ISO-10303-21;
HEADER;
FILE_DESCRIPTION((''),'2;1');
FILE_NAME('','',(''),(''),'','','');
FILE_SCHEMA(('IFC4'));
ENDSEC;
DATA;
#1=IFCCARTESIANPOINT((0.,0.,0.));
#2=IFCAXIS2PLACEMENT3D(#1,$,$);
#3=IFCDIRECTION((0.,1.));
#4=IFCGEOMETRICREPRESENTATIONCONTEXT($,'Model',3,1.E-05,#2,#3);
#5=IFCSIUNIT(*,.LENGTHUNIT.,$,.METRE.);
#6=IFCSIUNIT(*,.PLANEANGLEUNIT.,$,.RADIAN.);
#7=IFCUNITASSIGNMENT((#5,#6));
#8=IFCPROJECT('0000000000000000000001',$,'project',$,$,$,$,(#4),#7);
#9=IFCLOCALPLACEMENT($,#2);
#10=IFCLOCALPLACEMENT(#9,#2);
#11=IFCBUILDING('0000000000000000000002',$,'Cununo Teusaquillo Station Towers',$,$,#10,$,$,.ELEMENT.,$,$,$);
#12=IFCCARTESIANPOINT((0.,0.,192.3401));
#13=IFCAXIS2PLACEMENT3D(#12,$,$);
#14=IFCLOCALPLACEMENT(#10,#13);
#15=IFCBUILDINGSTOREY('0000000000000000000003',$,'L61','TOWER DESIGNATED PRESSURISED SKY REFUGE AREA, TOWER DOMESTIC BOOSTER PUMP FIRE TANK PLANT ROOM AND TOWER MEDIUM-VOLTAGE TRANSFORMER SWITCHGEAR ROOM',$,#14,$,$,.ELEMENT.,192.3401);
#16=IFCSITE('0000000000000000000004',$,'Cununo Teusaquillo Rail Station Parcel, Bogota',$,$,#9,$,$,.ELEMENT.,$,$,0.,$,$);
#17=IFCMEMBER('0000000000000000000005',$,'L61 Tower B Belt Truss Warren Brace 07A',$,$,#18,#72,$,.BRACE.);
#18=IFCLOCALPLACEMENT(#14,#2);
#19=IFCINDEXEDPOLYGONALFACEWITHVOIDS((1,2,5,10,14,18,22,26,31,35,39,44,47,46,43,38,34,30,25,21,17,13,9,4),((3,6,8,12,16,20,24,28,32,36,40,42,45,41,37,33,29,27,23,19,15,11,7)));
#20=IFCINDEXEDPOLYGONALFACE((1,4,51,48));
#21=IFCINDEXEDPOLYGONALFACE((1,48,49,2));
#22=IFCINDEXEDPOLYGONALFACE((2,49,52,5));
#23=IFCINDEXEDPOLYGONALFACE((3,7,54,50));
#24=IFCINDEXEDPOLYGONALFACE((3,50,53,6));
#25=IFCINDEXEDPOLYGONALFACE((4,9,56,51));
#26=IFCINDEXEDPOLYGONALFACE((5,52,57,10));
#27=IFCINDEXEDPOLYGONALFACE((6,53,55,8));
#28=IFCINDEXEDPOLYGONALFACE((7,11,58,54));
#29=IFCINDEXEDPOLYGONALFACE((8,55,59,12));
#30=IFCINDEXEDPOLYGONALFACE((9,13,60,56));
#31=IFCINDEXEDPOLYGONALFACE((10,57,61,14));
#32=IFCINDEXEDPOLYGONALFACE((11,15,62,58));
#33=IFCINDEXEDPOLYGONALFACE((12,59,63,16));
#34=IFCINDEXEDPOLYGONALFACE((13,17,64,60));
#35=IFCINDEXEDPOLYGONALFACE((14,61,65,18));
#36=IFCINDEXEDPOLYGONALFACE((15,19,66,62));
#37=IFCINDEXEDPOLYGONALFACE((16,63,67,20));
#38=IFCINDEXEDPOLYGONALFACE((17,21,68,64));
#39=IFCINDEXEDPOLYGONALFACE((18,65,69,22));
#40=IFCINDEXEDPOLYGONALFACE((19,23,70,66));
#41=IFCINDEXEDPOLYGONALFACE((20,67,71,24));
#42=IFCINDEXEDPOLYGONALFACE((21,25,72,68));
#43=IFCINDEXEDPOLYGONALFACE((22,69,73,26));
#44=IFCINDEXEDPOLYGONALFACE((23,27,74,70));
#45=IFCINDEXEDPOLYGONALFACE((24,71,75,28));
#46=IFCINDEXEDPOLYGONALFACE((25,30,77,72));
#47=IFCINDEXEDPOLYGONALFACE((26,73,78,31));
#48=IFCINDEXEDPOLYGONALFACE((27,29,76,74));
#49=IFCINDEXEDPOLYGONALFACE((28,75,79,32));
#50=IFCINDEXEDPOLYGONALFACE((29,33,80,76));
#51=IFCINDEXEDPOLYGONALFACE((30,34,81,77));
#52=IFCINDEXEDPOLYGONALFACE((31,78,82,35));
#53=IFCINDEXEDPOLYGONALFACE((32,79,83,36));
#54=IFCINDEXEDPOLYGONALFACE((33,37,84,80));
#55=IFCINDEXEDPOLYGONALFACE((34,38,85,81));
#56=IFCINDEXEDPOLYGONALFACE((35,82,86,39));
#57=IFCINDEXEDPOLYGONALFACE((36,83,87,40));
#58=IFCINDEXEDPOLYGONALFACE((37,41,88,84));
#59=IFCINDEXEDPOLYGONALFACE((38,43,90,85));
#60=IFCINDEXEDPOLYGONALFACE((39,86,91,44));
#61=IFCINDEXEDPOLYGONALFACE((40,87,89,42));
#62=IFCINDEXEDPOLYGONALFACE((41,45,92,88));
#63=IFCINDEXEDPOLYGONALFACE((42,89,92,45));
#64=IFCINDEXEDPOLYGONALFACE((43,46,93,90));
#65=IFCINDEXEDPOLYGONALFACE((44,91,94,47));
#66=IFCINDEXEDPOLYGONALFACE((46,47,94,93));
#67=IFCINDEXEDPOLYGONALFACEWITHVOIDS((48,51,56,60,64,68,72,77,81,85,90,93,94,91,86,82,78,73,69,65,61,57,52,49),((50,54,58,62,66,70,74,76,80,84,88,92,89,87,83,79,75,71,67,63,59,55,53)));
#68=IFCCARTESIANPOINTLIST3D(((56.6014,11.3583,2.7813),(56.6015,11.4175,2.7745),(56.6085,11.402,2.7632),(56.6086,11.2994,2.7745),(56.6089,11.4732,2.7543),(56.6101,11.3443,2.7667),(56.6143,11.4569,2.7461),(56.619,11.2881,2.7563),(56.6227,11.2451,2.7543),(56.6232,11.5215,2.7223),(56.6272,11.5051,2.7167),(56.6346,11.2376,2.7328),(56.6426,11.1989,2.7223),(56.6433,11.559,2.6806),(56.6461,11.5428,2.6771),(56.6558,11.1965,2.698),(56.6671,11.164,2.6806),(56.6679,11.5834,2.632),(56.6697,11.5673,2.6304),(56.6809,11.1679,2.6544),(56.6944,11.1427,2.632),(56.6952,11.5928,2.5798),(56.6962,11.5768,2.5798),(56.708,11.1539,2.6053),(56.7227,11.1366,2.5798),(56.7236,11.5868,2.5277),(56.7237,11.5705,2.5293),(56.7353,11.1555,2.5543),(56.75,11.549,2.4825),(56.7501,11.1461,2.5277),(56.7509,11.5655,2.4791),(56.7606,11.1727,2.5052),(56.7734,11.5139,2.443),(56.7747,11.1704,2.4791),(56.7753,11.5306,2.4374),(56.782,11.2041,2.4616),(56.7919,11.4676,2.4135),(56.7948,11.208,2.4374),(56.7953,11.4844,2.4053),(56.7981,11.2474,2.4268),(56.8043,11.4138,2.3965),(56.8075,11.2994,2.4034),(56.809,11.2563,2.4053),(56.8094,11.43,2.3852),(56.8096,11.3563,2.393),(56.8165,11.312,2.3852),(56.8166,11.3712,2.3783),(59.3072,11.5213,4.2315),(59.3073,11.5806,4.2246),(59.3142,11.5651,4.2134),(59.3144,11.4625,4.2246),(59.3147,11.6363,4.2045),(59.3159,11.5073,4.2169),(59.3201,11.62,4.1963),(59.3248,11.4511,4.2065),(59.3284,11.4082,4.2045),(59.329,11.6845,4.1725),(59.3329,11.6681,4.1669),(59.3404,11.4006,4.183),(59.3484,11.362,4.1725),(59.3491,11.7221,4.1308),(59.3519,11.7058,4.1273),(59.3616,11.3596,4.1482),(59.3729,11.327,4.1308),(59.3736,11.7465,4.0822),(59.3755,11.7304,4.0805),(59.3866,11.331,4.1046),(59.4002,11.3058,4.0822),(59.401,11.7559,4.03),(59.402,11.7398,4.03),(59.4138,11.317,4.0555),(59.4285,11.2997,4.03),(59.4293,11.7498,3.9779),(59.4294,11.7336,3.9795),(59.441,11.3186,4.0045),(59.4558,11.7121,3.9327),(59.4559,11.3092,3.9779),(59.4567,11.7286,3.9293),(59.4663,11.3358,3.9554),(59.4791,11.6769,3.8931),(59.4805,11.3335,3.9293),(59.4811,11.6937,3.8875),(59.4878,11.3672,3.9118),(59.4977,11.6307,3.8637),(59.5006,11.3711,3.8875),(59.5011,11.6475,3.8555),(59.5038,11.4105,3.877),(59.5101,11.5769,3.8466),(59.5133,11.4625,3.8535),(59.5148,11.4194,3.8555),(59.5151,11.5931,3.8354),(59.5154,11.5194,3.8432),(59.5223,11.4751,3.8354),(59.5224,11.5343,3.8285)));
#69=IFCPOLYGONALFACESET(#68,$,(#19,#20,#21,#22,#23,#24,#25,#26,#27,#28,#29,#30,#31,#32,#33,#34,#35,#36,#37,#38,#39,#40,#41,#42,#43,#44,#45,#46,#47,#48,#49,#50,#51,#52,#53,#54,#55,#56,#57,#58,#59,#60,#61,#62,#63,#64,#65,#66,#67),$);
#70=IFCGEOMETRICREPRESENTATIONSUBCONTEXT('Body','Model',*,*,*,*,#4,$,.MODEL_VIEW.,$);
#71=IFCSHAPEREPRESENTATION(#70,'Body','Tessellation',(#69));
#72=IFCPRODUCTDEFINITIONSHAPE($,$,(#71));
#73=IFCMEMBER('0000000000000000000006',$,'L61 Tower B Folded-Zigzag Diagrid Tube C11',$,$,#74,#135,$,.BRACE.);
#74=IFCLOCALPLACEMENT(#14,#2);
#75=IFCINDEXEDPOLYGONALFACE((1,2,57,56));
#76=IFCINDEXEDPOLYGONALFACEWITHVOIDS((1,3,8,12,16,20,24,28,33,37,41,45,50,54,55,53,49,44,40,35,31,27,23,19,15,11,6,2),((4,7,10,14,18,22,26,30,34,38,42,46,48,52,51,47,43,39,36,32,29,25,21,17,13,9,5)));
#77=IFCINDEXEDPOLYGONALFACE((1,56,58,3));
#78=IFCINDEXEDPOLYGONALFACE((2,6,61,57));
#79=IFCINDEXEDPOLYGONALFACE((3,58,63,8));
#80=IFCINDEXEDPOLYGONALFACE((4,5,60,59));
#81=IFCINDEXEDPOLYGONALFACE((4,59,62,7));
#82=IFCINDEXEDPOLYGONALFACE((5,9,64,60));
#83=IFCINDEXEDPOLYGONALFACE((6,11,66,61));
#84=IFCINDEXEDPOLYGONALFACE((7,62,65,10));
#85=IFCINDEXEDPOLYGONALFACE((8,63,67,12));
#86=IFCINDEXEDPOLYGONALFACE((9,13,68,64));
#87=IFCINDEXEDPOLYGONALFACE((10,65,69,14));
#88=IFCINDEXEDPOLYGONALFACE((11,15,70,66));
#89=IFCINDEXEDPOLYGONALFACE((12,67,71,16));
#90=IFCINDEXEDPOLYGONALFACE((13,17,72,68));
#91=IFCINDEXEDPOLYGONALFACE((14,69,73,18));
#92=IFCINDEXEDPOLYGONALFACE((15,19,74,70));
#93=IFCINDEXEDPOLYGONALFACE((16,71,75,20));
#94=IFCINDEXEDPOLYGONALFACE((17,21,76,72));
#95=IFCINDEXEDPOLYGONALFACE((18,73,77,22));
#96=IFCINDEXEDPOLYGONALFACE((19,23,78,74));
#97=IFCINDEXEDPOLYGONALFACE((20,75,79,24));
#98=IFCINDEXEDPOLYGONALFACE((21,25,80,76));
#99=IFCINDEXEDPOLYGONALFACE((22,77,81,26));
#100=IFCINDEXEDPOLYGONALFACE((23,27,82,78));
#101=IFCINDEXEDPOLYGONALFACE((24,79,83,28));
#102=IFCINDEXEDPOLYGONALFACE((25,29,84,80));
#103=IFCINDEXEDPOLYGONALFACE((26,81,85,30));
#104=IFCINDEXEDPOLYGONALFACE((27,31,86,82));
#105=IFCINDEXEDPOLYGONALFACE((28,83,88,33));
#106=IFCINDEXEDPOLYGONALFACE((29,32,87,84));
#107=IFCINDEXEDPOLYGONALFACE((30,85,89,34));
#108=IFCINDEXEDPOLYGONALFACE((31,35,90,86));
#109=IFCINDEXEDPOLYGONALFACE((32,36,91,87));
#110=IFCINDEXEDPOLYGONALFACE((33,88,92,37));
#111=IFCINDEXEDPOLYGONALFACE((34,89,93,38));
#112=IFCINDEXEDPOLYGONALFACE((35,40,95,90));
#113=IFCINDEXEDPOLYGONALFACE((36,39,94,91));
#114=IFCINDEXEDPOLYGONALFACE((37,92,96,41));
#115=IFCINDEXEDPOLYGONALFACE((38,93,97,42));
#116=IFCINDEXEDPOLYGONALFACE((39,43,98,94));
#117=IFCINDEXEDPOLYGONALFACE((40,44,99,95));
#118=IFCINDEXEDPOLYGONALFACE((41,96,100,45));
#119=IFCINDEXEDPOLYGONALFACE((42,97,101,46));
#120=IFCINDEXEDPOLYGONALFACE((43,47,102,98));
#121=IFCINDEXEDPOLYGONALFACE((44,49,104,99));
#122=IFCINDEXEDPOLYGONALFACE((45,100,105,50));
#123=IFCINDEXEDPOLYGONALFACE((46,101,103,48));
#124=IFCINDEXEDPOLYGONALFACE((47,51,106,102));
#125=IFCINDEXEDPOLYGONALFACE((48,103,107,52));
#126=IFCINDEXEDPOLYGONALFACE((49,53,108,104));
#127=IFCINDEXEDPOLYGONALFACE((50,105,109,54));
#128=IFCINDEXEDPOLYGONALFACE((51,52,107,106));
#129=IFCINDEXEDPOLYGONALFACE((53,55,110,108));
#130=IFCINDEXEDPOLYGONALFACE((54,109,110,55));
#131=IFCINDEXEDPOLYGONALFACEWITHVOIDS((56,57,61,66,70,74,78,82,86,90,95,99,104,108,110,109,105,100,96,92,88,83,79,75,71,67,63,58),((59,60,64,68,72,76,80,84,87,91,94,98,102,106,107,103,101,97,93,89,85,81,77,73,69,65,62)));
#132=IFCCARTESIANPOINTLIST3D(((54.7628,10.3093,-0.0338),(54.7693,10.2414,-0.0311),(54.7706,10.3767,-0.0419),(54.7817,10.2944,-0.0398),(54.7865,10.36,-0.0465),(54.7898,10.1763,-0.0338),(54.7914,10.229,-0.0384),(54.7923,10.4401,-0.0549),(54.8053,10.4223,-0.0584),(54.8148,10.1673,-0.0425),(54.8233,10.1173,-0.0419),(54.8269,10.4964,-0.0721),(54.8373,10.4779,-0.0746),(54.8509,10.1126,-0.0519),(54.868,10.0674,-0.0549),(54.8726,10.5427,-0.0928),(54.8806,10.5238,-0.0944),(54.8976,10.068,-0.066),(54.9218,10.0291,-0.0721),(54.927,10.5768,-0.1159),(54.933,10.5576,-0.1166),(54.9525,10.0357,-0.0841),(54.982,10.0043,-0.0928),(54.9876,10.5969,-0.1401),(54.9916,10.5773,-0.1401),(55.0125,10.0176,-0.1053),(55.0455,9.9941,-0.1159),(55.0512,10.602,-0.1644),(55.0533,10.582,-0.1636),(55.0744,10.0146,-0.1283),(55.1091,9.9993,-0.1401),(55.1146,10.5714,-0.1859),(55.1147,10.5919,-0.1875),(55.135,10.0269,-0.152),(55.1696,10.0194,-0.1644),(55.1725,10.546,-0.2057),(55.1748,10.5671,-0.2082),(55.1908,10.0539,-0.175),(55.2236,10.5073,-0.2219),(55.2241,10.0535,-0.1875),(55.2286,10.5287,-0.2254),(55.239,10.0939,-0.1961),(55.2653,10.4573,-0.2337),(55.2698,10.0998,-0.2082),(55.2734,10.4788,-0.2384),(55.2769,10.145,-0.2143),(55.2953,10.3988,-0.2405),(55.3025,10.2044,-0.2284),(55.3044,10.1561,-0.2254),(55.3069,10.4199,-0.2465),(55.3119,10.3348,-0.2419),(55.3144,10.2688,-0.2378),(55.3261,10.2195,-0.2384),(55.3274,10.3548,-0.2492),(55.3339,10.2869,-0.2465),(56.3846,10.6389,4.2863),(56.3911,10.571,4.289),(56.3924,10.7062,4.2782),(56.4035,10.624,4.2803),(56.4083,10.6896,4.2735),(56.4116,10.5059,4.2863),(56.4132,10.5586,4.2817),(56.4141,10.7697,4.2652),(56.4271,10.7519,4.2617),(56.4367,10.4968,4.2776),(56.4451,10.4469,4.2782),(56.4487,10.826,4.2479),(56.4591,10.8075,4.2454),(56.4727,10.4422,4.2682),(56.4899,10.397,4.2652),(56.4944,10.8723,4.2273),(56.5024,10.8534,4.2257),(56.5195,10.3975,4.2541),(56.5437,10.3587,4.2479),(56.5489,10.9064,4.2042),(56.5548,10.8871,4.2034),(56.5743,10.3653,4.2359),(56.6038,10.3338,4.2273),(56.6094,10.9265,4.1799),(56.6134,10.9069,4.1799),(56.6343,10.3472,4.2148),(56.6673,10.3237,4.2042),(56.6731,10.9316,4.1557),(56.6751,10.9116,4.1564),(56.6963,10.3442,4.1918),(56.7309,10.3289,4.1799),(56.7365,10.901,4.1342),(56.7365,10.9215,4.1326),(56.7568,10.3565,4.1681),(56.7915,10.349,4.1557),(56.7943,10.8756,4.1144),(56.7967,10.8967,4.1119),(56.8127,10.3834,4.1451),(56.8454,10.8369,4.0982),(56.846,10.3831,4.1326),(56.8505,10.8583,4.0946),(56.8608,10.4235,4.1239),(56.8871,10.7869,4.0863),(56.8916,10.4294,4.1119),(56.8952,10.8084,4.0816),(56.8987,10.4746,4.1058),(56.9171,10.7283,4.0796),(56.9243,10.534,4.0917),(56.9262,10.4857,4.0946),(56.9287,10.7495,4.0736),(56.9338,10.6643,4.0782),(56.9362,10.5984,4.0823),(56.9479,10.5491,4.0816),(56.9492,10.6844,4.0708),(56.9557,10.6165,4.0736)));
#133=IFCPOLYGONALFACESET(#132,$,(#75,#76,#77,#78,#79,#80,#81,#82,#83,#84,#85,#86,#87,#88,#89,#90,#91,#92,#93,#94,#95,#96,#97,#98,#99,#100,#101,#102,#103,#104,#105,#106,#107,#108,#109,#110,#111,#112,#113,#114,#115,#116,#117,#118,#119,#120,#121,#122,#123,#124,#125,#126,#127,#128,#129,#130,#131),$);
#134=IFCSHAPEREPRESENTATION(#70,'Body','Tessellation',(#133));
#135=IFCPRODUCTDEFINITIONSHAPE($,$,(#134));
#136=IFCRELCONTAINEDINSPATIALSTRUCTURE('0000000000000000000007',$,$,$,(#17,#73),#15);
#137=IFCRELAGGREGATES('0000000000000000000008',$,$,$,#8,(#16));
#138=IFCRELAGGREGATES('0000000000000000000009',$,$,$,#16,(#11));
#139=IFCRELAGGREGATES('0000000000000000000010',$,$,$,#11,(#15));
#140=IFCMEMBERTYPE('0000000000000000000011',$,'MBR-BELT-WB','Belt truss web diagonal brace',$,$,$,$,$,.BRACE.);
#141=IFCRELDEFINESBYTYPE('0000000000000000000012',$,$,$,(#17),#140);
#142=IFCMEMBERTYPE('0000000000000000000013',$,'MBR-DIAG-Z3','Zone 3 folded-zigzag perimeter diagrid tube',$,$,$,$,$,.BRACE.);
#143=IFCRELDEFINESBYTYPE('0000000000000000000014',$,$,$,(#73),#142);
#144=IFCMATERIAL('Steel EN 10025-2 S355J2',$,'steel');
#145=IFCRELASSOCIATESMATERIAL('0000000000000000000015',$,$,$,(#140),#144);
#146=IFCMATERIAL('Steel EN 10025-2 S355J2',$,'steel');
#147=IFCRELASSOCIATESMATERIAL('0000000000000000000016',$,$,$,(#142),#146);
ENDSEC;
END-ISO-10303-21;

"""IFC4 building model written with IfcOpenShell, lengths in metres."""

from ifc_helpers import new_model, si_unit, direction, frame, origin, origin_2d, place, context, subcontext, project, spatial, hollow_circle, extrude, material, material_profile, profile_set, type_object, element, save


model = new_model("IFC4")

# Units and contexts
model_context = context("Model", 3, precision=1e-05, world=origin(), true_north=direction((0.0, 1.0)))
body_context = subcontext(model_context, "Body", "Model", "MODEL_VIEW")
ifc_project = project(units=[si_unit("LENGTHUNIT", "METRE"), si_unit("PLANEANGLEUNIT", "RADIAN")], contexts=[model_context])

# Site, building, storey
site_placement = place(None, origin())
site = spatial("IfcSite", under=ifc_project, at=site_placement, Name="Cununo Teusaquillo Rail Station Parcel, Bogota", CompositionType="ELEMENT", RefElevation=0.0)
building_placement = place(site_placement, origin())
building = spatial("IfcBuilding", under=site, at=building_placement, Name="Cununo Teusaquillo Station Towers", CompositionType="ELEMENT")
storey_placement = place(building_placement, frame((0.0, 0.0, 192.3401)))
storey = spatial("IfcBuildingStorey", under=building, at=storey_placement, Name="L61", Description="TOWER DESIGNATED PRESSURISED SKY REFUGE AREA, TOWER DOMESTIC BOOSTER PUMP FIRE TANK PLANT ROOM AND TOWER MEDIUM-VOLTAGE TRANSFORMER SWITCHGEAR ROOM", CompositionType="ELEMENT", Elevation=192.3401)

# Members
ifc_material_1 = material(Name="Steel EN 10025-2 S355J2", Category="steel")
ifc_material_profile_1 = material_profile(ifc_material_1, hollow_circle(Radius=0.2285, WallThickness=0.0161, at=origin_2d()), Name="CHS 457x16")
ifc_profile_set_1 = profile_set([ifc_material_profile_1], Name="Steel EN 10025-2 S355J2")
member_type_1 = type_object("IfcMemberType", Name="MBR-BELT-WB", Description="Belt truss web diagonal brace", PredefinedType="BRACE", material=ifc_profile_set_1)
member_1_placement = place(storey_placement, frame((56.709, 11.3647, 2.5798), z_axis=(0.88015, 0.053049, 0.471722), x_axis=(-0.060163, 0.998189, 0.0)))
element("IfcMember", 1, at=member_1_placement, inside=storey, type_object=member_type_1, Name="L61 Tower B Belt Truss Warren Brace 07A", PredefinedType="BRACE", context=body_context, shape_type="SweptSolid", body=[
    extrude(hollow_circle(Radius=0.2285, WallThickness=0.0161, at=origin_2d()), origin(), (0.0, 0.0, 1.0), 3.0742),
])
ifc_material_2 = material(Name="Steel EN 10025-2 S355J2", Category="steel")
ifc_material_profile_2 = material_profile(ifc_material_2, hollow_circle(Radius=0.3049, WallThickness=0.02, at=origin_2d()), Name="CHS 610x20")
ifc_profile_set_2 = profile_set([ifc_material_profile_2], Name="Steel EN 10025-2 S355J2")
member_type_2 = type_object("IfcMemberType", Name="MBR-DIAG-Z3", Description="Zone 3 folded-zigzag perimeter diagrid tube", PredefinedType="BRACE", material=ifc_profile_set_2)
member_2_placement = place(storey_placement, frame((55.0483, 10.2981, -0.1401), z_axis=(0.350572, 0.071244, 0.933822), x_axis=(-0.199151, 0.979969, 0.0)))
element("IfcMember", 2, at=member_2_placement, inside=storey, type_object=member_type_2, Name="L61 Tower B Folded-Zigzag Diagrid Tube C11", PredefinedType="BRACE", context=body_context, shape_type="SweptSolid", body=[
    extrude(hollow_circle(Radius=0.3049, WallThickness=0.02, at=origin_2d()), origin(), (0.0, 0.0, 1.0), 4.6262),
])

save(model, "model.ifc")
